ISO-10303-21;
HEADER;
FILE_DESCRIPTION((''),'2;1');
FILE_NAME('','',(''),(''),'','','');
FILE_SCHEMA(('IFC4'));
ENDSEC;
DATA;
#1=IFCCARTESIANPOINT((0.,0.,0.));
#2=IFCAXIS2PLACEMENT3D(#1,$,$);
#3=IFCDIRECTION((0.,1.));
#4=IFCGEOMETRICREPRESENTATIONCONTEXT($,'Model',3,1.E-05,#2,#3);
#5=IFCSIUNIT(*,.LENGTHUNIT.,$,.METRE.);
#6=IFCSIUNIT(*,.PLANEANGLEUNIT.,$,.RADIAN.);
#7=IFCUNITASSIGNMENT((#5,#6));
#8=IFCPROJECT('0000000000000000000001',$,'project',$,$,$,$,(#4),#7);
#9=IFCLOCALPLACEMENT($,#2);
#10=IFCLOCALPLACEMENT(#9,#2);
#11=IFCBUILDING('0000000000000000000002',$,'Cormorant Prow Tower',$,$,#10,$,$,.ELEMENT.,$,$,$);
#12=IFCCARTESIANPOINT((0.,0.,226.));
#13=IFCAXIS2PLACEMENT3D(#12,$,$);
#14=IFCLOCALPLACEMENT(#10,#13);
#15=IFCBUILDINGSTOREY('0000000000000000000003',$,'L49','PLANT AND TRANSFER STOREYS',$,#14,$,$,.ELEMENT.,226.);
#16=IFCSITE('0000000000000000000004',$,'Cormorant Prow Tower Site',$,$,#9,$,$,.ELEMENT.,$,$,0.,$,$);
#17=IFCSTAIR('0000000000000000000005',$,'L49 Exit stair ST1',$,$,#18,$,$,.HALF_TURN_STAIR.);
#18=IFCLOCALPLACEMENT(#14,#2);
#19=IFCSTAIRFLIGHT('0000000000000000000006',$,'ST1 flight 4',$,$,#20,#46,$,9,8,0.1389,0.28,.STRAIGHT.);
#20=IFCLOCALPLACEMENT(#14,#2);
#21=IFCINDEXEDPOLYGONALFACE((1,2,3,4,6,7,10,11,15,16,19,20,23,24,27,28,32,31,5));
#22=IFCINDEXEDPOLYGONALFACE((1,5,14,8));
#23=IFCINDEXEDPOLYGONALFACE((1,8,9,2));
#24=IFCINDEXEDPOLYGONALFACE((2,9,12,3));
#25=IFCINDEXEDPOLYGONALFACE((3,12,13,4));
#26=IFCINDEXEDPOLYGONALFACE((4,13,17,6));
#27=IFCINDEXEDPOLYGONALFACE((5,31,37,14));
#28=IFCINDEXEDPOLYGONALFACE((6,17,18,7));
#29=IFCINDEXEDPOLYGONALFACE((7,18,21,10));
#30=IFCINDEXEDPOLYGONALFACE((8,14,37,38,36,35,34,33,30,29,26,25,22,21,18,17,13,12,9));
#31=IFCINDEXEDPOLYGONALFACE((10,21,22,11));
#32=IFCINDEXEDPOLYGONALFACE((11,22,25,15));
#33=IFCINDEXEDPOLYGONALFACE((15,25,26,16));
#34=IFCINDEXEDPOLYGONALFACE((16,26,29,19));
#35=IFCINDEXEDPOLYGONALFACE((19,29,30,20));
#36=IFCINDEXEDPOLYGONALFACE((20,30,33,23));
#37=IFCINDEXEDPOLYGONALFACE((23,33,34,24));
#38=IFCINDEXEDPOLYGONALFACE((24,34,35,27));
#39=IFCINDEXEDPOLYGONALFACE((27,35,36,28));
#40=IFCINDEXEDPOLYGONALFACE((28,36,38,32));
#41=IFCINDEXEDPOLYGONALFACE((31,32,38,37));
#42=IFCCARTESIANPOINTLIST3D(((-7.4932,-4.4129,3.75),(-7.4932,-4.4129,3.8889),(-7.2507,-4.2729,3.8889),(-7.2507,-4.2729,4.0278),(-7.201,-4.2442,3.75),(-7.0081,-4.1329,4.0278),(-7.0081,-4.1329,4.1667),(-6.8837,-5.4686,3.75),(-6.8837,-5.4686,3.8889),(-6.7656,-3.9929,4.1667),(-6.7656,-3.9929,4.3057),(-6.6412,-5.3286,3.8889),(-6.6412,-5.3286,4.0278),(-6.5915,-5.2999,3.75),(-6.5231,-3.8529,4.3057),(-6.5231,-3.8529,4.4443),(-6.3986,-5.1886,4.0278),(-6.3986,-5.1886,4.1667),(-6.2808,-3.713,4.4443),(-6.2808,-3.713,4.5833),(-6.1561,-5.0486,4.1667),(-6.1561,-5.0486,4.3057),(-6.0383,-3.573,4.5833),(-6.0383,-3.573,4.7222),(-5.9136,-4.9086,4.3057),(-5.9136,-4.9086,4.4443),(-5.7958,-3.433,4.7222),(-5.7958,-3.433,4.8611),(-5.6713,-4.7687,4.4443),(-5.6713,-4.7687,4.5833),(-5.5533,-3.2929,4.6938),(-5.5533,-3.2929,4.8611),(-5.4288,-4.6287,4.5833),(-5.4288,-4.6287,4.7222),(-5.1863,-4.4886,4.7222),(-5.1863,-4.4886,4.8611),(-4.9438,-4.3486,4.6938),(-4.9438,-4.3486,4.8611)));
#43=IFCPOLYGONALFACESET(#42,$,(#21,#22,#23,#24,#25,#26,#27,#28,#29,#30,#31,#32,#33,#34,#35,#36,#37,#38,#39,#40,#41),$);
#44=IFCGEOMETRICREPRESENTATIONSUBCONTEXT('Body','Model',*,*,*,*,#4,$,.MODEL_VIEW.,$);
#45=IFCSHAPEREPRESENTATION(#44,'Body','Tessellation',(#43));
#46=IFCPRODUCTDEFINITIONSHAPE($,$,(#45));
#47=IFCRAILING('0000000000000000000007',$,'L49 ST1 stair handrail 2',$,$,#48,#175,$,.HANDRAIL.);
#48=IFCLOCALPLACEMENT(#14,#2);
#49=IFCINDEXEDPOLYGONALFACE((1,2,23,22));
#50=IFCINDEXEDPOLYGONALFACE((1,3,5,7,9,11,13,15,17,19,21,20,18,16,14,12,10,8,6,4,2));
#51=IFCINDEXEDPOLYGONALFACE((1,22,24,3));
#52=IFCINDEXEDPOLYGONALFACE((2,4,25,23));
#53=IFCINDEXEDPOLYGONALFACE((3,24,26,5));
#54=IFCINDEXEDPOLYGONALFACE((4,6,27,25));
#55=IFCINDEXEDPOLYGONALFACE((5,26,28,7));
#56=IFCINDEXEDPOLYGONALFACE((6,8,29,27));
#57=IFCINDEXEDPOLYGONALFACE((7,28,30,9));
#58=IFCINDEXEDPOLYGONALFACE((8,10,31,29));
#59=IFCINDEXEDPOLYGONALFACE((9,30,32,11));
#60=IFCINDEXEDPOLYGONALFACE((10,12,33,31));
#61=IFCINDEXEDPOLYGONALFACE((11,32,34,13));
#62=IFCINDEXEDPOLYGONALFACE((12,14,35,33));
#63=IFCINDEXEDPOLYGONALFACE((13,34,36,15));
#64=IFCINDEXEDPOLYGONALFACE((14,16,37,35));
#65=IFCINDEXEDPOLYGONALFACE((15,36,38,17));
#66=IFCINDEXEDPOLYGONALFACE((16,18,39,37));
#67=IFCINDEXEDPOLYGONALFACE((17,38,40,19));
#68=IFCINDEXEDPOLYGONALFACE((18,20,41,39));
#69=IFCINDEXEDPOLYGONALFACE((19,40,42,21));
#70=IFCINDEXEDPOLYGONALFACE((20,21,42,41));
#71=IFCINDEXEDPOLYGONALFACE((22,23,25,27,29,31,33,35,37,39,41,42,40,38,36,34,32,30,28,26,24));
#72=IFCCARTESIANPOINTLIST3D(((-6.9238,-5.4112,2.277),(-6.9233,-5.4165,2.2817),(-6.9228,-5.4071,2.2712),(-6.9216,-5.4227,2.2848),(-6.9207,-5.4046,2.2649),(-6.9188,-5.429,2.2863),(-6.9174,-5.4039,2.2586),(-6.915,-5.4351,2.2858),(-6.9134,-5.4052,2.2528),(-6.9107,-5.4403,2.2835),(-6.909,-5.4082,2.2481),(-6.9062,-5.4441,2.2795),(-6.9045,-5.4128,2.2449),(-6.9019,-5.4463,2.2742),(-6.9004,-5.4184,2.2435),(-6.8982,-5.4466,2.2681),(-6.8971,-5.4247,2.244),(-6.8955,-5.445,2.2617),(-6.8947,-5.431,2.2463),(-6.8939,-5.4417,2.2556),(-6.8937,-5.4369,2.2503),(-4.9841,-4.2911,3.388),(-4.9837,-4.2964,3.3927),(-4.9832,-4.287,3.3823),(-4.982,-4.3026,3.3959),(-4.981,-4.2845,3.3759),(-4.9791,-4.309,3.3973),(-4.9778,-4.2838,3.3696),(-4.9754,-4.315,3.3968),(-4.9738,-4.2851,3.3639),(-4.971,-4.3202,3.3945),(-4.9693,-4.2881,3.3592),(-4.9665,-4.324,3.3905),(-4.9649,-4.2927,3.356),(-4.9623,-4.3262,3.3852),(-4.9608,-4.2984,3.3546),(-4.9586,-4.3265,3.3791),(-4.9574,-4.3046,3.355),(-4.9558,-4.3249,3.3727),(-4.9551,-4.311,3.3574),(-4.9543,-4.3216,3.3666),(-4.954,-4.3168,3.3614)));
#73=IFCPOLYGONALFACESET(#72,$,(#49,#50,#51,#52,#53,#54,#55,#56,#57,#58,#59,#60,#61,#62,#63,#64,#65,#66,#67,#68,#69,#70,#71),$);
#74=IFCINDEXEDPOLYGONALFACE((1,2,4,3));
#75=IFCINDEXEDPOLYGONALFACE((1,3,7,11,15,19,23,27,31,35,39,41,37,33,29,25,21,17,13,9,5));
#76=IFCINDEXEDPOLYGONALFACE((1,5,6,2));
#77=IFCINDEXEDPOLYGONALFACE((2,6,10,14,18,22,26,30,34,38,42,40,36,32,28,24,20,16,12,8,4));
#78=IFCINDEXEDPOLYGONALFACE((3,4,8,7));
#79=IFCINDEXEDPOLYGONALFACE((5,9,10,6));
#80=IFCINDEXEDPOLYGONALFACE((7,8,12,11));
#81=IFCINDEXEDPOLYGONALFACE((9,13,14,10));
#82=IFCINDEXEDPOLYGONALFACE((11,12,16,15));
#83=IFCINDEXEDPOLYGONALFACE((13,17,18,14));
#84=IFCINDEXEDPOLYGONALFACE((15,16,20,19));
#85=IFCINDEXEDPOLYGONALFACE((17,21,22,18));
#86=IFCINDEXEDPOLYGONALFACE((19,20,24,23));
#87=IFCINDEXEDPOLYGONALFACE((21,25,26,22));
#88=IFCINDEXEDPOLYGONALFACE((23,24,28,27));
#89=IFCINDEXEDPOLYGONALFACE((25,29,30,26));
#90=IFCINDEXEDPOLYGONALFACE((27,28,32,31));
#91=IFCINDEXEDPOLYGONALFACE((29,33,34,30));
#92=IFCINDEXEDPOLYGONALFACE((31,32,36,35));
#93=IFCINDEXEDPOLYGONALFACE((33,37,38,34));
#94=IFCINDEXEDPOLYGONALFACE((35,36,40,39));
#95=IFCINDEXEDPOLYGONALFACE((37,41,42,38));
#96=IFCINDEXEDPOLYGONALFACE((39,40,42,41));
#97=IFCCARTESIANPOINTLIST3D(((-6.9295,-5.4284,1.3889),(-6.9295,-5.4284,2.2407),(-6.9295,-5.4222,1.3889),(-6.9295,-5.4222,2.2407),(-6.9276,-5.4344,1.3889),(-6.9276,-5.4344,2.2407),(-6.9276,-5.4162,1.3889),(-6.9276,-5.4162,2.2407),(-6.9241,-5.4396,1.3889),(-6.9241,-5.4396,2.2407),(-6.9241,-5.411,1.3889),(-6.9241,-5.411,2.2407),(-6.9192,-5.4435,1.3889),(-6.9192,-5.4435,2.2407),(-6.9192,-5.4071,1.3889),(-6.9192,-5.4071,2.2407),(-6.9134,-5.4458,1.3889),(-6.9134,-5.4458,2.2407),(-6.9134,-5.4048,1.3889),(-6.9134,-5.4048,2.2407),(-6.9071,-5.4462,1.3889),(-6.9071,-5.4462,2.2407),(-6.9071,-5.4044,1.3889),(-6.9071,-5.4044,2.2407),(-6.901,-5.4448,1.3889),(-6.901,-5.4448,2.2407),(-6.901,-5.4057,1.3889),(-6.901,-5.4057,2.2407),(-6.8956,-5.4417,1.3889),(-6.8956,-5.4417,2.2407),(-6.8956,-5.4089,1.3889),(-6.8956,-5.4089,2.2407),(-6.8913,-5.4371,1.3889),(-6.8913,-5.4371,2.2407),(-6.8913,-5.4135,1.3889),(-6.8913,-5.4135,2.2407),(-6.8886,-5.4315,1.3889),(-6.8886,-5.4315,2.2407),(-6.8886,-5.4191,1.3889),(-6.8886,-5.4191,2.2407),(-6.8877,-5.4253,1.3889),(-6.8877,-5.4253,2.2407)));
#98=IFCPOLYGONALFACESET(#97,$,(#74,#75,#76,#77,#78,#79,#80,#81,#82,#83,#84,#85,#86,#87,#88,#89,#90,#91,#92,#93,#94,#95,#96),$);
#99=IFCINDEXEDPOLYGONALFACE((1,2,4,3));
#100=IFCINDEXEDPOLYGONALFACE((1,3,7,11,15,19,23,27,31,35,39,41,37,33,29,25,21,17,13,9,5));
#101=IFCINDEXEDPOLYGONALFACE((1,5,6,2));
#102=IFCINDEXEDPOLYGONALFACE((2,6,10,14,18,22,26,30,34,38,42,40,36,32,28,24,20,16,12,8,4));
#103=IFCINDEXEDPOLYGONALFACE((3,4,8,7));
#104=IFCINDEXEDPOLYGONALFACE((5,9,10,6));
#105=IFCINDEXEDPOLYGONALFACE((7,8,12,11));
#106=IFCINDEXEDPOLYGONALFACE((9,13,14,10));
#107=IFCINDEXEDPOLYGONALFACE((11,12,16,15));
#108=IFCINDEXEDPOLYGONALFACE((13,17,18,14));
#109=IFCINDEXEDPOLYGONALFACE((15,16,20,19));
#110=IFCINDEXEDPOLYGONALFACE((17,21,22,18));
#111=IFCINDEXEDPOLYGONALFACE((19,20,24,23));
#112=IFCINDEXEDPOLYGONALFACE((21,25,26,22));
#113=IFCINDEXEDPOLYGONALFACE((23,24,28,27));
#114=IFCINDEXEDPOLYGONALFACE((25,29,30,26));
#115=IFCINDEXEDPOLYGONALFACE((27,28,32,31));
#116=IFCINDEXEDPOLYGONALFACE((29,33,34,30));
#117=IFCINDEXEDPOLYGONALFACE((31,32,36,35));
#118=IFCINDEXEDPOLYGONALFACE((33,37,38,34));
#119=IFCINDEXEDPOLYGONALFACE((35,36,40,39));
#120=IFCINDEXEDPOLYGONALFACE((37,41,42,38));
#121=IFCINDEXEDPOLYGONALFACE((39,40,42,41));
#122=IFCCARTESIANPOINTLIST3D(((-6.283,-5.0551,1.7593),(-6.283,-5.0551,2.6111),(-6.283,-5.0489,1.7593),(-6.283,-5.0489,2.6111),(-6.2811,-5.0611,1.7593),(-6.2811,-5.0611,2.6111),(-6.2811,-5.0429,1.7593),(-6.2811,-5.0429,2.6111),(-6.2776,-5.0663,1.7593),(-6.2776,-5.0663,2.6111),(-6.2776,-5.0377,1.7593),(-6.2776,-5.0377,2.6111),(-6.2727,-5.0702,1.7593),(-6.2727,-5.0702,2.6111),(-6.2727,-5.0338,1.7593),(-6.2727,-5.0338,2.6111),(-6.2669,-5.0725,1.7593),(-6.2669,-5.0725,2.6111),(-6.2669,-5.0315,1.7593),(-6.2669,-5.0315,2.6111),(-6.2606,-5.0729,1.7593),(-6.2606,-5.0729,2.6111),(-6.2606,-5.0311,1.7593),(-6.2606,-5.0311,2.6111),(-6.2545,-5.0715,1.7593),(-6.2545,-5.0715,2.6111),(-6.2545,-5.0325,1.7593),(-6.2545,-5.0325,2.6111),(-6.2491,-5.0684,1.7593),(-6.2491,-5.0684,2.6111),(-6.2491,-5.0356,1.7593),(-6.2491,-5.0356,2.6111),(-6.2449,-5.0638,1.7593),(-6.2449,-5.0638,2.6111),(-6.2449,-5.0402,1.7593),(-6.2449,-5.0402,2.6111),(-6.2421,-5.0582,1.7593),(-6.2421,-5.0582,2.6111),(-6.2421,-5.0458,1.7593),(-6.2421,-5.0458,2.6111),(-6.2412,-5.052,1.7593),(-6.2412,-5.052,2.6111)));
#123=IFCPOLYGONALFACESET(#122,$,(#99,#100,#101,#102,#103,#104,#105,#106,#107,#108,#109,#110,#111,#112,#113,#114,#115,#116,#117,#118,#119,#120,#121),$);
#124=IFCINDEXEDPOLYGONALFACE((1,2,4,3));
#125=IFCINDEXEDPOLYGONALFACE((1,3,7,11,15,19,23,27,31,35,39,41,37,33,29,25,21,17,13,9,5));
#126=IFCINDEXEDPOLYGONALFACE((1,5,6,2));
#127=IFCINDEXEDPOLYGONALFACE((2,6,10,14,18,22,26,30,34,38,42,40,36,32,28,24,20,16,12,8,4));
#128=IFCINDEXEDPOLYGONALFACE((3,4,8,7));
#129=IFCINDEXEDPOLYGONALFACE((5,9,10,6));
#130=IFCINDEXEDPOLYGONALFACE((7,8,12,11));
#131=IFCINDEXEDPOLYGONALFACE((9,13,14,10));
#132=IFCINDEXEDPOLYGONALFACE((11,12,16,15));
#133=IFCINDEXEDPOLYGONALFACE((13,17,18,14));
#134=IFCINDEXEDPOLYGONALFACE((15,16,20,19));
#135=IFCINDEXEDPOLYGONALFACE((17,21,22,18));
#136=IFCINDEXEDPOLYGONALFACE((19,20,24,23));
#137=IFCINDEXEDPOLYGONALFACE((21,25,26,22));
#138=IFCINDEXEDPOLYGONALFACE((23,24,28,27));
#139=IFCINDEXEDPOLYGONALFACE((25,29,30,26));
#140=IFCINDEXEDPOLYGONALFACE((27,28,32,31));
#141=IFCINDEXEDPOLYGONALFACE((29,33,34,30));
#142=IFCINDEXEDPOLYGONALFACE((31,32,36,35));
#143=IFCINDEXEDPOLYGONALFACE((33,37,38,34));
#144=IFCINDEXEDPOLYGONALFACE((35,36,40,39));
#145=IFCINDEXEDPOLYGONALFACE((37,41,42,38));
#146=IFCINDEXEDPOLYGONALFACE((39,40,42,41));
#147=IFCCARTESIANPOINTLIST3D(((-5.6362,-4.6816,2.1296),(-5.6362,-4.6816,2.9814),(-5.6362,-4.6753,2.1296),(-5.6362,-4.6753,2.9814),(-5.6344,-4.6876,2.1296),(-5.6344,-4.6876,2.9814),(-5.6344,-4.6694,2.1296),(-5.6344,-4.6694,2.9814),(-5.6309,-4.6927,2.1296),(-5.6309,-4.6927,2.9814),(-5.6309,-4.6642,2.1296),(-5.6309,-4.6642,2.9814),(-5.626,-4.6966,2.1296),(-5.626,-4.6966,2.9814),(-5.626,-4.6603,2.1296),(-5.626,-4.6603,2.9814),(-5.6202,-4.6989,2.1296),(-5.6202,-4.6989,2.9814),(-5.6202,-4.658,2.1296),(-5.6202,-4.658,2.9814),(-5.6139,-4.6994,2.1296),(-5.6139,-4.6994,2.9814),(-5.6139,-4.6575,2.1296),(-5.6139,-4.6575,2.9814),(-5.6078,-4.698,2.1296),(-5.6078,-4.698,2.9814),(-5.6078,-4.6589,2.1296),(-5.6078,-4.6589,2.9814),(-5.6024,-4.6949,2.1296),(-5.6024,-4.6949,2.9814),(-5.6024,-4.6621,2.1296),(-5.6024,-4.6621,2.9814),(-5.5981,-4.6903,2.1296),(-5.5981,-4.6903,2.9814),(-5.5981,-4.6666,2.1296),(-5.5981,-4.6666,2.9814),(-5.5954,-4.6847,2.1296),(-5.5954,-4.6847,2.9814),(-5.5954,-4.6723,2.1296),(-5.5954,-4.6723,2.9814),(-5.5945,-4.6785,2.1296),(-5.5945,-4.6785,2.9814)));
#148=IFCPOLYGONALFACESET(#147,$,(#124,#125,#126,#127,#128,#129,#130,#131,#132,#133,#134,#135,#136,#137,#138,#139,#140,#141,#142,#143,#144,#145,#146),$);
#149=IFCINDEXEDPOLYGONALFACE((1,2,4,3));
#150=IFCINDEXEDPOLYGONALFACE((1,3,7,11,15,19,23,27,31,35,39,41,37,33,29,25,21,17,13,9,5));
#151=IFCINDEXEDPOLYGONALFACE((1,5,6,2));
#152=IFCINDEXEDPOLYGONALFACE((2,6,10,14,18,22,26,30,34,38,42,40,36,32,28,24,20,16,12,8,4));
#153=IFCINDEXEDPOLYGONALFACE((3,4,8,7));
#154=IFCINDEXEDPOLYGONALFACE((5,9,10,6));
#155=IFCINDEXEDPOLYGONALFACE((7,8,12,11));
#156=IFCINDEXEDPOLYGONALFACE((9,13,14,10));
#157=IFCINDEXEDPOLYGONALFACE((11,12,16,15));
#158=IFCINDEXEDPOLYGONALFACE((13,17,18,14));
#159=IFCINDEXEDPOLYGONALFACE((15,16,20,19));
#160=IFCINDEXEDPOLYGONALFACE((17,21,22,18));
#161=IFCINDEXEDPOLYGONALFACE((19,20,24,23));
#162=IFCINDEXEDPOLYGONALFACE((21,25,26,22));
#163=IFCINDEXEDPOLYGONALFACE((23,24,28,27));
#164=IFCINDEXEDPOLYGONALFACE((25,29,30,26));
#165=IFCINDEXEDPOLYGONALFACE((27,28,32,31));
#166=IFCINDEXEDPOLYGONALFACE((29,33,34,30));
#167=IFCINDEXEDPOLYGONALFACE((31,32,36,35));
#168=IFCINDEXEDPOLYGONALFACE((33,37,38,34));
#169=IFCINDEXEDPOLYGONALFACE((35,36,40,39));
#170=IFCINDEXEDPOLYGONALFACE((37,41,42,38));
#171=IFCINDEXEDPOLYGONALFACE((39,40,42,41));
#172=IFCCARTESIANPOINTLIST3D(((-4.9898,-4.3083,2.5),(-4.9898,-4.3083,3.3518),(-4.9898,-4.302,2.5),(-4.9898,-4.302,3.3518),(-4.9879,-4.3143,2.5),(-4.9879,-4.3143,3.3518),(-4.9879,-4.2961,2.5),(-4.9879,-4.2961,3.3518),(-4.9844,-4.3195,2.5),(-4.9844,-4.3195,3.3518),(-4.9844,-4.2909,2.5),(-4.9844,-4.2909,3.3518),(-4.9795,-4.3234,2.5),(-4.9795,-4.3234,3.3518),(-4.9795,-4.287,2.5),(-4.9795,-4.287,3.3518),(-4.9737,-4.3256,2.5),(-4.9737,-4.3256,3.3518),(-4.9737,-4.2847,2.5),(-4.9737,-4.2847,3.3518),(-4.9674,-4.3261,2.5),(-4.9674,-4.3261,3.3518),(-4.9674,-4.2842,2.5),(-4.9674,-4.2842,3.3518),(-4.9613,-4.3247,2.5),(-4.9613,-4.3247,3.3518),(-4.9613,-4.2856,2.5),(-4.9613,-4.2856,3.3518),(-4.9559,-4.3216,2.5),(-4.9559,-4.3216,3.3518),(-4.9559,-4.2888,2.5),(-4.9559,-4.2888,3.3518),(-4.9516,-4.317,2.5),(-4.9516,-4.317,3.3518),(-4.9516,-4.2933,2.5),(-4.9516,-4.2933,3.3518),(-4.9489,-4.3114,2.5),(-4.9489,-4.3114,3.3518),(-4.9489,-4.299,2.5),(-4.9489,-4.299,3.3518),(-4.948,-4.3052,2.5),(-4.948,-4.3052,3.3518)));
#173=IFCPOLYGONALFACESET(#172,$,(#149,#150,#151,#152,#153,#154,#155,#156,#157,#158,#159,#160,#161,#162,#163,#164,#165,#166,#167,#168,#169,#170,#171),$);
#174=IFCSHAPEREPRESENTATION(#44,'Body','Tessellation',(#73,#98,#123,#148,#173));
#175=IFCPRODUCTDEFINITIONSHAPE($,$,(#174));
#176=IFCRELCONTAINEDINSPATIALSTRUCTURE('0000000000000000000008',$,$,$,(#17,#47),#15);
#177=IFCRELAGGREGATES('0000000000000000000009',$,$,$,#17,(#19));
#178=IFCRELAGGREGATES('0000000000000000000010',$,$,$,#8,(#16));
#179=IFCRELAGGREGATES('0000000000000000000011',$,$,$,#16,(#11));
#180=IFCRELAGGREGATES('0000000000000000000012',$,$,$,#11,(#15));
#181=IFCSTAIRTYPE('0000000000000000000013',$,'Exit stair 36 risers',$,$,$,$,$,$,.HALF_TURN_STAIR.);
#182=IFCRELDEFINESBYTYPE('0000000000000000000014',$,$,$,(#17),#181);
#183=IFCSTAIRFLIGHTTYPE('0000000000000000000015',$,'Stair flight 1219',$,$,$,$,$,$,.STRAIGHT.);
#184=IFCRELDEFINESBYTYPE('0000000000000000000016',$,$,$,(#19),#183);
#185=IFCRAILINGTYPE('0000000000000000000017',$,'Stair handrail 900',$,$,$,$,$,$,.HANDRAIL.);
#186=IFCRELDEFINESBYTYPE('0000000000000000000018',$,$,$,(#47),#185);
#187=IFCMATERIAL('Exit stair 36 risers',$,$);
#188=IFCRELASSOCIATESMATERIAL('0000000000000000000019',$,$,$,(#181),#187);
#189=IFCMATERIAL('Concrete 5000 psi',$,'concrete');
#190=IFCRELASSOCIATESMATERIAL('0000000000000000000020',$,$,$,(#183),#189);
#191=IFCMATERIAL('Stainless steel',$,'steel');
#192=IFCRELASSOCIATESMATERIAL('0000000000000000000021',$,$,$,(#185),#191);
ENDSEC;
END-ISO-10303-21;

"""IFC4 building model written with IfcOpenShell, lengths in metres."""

from ifc_helpers import new_model, si_unit, direction, frame, origin, origin_2d, place, context, subcontext, project, spatial, polyline, circle, outline, extrude, material, type_object, element, aggregate, save


model = new_model("IFC4")

# Units and contexts
model_context = context("Model", 3, precision=1e-05, world=origin(), true_north=direction((0.0, 1.0)))
body_context = subcontext(model_context, "Body", "Model", "MODEL_VIEW")
ifc_project = project(units=[si_unit("LENGTHUNIT", "METRE"), si_unit("PLANEANGLEUNIT", "RADIAN")], contexts=[model_context])

# Site, building, storey
site_placement = place(None, origin())
site = spatial("IfcSite", under=ifc_project, at=site_placement, Name="Cormorant Prow Tower Site", CompositionType="ELEMENT", RefElevation=0.0)
building_placement = place(site_placement, origin())
building = spatial("IfcBuilding", under=site, at=building_placement, Name="Cormorant Prow Tower", CompositionType="ELEMENT")
storey_placement = place(building_placement, frame((0.0, 0.0, 226.0)))
storey = spatial("IfcBuildingStorey", under=building, at=storey_placement, Name="L49", Description="PLANT AND TRANSFER STOREYS", CompositionType="ELEMENT", Elevation=226.0)

# Stair, stair flight
ifc_material_1 = material(Name="Exit stair 36 risers")
stair_type = type_object("IfcStairType", Name="Exit stair 36 risers", PredefinedType="HALF_TURN_STAIR", material=ifc_material_1)
stair_placement = place(storey_placement, origin())
stair = element("IfcStair", 1, at=stair_placement, inside=storey, type_object=stair_type, Name="L49 Exit stair ST1", PredefinedType="HALF_TURN_STAIR")
ifc_material_2 = material(Name="Concrete 5000 psi", Category="concrete")
stair_flight_type = type_object("IfcStairFlightType", Name="Stair flight 1219", PredefinedType="STRAIGHT", material=ifc_material_2)
stair_flight_1_placement = place(storey_placement, frame((-7.1885, -4.9407, 3.75), z_axis=(0.0, 0.0, 1.0), x_axis=(0.866025, 0.5, 0.0)))
stair_flight_1 = element("IfcStairFlight", 2, at=stair_flight_1_placement, type_object=stair_flight_type, Name="ST1 flight 4", NumberOfRisers=9, NumberOfTreads=8, PredefinedType="STRAIGHT", RiserHeight=0.1389, TreadLength=0.28, context=body_context, shape_type="SweptSolid", body=[
    extrude(outline(polyline([(0.0, 0.0), (0.0, 0.1389), (0.28, 0.1389), (0.28, 0.2778), (0.5601, 0.2778), (0.5601, 0.4167), (0.8401, 0.4167), (0.8401, 0.5557), (1.1201, 0.5557), (1.1201, 0.6943), (1.3999, 0.6943), (1.3999, 0.8333), (1.6799, 0.8333), (1.6799, 0.9722), (1.96, 0.9722), (1.96, 1.1111), (2.24, 1.1111), (2.24, 1.25), (2.24, 0.9438), (0.3374, 0.0), (0.0, 0.0)])), frame((0.0, 0.6094, 0.0), z_axis=(0.0, -1.0, 0.0), x_axis=(1.0, 0.0, 0.0)), (0.0, 0.0, 1.0), 1.219),
])
aggregate(stair, [stair_flight_1])

# Railing
ifc_material_3 = material(Name="Stainless steel", Category="steel")
railing_type_1 = type_object("IfcRailingType", Name="Stair handrail 900", PredefinedType="HANDRAIL", material=ifc_material_3)
for number, where, name in (
    (3, (-6.9087, -5.4253, 1.3889), "L49 ST1 stair handrail 2"),
):
    element("IfcRailing", number, at=place(storey_placement, frame(where)), inside=storey, type_object=railing_type_1, Name=name, PredefinedType="HANDRAIL", context=body_context, shape_type="SweptSolid", body=[
        extrude(circle(Radius=0.0239, at=origin_2d()), frame((0.0, 0.0, 0.876), z_axis=(0.77578, 0.44799, 0.444377), x_axis=(-0.500078, 0.86598, 0.0)), (0.0, 0.0, 1.0), 2.5002),
        extrude(circle(Radius=0.021, at=origin_2d()), origin(), (0.0, 0.0, 1.0), 0.8518),
        extrude(circle(Radius=0.021, at=origin_2d()), frame((0.6465, 0.3733, 0.3704)), (0.0, 0.0, 1.0), 0.8518),
        extrude(circle(Radius=0.021, at=origin_2d()), frame((1.2932, 0.7468, 0.7407)), (0.0, 0.0, 1.0), 0.8518),
        extrude(circle(Radius=0.021, at=origin_2d()), frame((1.9397, 1.1201, 1.1111)), (0.0, 0.0, 1.0), 0.8518),
    ])

save(model, "model.ifc")
